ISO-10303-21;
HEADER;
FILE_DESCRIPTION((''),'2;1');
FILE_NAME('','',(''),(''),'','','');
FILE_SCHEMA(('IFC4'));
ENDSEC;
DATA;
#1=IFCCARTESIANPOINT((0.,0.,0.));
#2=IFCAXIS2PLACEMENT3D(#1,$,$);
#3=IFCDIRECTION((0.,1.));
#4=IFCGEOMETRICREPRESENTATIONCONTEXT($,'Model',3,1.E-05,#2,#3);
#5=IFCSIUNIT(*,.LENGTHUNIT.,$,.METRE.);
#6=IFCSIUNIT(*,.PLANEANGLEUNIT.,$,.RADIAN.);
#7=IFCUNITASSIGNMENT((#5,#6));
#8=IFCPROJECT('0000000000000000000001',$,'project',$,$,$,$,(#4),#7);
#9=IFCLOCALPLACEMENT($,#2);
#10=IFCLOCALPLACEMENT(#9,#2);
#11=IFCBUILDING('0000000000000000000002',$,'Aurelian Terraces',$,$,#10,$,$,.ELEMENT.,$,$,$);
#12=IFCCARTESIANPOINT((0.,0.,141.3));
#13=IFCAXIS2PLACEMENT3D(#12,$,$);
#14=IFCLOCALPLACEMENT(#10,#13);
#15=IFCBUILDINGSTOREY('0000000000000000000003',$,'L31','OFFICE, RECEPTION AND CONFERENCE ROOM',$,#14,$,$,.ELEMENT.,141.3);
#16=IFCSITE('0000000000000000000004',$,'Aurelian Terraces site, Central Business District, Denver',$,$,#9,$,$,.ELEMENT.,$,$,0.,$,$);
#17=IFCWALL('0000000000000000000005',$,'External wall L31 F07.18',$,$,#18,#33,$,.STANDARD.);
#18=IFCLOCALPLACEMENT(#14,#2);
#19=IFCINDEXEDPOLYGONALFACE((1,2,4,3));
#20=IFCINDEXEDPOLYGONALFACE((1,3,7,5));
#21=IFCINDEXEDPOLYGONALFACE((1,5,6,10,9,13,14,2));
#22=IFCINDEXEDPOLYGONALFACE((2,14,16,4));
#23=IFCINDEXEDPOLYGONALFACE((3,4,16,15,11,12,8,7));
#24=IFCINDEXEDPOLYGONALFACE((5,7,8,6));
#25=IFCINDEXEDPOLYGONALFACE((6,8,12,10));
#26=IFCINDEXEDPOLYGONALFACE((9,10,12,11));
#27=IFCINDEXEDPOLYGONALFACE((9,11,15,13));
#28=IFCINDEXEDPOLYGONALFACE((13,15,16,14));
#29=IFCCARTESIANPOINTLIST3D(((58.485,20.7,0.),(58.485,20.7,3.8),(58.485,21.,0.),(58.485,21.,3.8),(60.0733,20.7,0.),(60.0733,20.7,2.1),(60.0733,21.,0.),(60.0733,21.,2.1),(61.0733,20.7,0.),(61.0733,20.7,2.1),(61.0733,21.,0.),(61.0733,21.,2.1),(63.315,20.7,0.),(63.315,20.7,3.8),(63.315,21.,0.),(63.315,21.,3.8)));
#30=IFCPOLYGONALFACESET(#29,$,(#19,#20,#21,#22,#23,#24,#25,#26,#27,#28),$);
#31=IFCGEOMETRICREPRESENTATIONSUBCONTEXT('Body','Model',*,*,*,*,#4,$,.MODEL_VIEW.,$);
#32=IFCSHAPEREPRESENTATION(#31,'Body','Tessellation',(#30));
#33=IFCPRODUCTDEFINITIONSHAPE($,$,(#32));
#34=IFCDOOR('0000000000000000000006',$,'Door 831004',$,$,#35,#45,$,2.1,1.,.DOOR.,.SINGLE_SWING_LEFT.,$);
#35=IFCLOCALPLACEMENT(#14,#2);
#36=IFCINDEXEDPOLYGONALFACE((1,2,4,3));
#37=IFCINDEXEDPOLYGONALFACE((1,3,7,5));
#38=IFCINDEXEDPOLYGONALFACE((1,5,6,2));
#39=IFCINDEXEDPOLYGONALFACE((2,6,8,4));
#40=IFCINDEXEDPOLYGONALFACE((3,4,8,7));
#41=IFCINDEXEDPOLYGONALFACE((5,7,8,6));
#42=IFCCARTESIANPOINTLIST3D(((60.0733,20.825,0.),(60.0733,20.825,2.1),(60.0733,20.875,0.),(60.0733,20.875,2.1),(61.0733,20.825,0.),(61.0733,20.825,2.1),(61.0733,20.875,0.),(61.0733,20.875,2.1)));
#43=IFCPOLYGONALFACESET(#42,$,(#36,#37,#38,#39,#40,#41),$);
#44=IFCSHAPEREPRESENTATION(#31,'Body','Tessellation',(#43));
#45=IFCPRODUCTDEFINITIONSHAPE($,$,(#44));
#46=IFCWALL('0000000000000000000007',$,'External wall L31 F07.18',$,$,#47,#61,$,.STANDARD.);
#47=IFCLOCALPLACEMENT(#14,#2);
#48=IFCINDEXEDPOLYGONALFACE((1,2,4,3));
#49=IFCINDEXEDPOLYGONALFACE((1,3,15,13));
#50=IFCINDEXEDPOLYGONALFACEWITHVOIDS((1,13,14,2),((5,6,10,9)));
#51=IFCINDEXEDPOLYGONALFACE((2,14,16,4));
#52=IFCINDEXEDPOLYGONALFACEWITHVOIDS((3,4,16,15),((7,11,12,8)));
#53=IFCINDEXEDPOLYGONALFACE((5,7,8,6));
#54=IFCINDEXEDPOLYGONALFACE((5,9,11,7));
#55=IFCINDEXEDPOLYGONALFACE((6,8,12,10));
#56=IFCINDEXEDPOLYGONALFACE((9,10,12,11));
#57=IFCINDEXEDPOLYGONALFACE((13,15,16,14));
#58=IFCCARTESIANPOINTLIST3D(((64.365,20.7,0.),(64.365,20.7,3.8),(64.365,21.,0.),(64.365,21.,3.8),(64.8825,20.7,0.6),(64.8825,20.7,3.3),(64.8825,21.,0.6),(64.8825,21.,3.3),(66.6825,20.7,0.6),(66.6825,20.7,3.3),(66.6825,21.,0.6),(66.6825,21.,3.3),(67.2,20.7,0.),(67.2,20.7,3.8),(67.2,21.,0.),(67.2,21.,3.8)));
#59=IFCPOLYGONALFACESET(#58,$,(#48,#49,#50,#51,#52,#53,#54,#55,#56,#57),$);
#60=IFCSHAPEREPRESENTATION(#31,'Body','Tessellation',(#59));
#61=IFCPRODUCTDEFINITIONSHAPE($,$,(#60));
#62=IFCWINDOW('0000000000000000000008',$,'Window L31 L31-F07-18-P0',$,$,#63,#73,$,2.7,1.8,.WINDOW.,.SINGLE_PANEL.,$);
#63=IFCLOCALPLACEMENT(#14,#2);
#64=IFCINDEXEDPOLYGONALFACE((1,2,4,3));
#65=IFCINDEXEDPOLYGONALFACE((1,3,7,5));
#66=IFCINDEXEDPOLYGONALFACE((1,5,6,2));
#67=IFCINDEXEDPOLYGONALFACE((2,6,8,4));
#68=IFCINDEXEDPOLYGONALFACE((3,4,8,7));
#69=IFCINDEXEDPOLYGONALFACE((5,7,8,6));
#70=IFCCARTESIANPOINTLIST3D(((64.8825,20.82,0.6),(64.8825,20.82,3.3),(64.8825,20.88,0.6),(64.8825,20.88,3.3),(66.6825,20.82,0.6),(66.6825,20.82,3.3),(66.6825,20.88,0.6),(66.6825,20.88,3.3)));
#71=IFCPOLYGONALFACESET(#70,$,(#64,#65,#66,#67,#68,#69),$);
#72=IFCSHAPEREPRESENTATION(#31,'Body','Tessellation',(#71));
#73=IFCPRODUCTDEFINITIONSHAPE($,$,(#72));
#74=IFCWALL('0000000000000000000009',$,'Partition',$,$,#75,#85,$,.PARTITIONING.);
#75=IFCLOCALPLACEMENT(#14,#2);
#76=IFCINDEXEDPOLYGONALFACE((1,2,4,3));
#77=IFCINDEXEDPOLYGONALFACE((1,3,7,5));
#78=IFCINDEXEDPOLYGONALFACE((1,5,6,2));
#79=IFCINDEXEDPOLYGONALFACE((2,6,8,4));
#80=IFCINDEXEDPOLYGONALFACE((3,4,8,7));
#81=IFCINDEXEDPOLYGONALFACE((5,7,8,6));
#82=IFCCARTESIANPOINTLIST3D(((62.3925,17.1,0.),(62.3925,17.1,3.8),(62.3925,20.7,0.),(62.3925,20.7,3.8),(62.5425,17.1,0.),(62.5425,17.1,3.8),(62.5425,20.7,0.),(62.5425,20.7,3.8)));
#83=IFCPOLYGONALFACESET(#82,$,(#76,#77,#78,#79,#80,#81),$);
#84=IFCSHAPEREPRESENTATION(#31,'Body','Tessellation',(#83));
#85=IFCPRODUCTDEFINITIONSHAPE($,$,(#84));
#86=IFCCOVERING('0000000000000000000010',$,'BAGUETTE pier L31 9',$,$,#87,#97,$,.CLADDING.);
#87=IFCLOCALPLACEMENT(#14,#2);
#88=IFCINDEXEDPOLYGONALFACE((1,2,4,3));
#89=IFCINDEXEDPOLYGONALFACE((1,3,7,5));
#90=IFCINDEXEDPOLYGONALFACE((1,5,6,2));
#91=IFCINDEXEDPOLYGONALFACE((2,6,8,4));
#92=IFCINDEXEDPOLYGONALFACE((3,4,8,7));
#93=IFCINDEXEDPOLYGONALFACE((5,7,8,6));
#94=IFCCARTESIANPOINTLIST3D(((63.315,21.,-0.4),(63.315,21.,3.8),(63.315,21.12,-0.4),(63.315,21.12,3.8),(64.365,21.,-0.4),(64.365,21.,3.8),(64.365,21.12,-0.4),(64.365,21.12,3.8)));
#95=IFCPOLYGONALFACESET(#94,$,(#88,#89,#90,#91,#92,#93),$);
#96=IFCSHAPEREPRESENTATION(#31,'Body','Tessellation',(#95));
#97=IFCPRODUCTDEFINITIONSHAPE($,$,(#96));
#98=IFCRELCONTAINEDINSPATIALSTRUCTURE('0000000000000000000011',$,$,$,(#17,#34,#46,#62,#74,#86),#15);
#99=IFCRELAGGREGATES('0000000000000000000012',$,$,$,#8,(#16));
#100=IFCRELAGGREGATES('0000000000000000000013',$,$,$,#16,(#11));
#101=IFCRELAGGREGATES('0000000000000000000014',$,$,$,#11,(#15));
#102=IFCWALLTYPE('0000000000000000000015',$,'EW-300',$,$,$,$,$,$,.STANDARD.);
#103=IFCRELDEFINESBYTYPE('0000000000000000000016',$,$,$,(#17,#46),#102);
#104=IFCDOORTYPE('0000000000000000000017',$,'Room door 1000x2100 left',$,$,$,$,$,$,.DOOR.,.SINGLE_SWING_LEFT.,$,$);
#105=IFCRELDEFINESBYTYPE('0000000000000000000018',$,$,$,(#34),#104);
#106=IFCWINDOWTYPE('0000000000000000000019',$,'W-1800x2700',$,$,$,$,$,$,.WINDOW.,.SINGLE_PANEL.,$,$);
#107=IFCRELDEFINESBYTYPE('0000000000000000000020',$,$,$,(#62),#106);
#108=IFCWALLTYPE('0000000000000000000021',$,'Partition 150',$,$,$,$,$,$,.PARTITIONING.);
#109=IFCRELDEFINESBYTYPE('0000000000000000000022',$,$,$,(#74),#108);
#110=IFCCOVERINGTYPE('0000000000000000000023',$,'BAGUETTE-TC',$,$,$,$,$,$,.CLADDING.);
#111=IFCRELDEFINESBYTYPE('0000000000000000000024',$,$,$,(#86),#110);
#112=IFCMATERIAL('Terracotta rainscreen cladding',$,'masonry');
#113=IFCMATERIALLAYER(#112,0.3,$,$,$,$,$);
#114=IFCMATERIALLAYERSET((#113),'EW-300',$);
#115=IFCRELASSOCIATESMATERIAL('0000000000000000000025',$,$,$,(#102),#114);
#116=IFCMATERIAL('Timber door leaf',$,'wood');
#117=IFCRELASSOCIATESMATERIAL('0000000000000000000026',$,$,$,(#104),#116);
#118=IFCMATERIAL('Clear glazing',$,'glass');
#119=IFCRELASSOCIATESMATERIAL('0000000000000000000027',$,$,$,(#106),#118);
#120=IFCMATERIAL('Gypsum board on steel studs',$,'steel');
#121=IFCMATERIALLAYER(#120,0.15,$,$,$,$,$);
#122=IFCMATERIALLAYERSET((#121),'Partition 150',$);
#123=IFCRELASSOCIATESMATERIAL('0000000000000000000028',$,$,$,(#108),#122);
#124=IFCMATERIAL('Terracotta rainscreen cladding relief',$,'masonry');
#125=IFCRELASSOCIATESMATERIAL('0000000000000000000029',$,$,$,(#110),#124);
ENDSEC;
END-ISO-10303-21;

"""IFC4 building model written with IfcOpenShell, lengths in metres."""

from ifc_helpers import new_model, si_unit, direction, frame, frame_2d, origin, origin_2d, place, context, subcontext, project, spatial, rectangle, extrude, source, transform, mapped, material, layer, layer_set, type_object, element, fill, save


model = new_model("IFC4")

# Units and contexts
model_context = context("Model", 3, precision=1e-05, world=origin(), true_north=direction((0.0, 1.0)))
body_context = subcontext(model_context, "Body", "Model", "MODEL_VIEW")
ifc_project = project(units=[si_unit("LENGTHUNIT", "METRE"), si_unit("PLANEANGLEUNIT", "RADIAN")], contexts=[model_context])

# Site, building, storey
site_placement = place(None, origin())
site = spatial("IfcSite", under=ifc_project, at=site_placement, Name="Aurelian Terraces site, Central Business District, Denver", CompositionType="ELEMENT", RefElevation=0.0)
building_placement = place(site_placement, origin())
building = spatial("IfcBuilding", under=site, at=building_placement, Name="Aurelian Terraces", CompositionType="ELEMENT")
storey_placement = place(building_placement, frame((0.0, 0.0, 141.3)))
storey = spatial("IfcBuildingStorey", under=building, at=storey_placement, Name="L31", Description="OFFICE, RECEPTION AND CONFERENCE ROOM", CompositionType="ELEMENT", Elevation=141.3)

# Shared definitions
ifc_material_1 = material(Name="Clear glazing", Category="glass")

# Wall, opening, door
ifc_material_2 = material(Name="Terracotta rainscreen cladding", Category="masonry")
ifc_layer_1 = layer(ifc_material_2, 0.3)
ifc_layer_set_1 = layer_set([ifc_layer_1], Name="EW-300")
wall_type_1 = type_object("IfcWallType", Name="EW-300", PredefinedType="STANDARD", material=ifc_layer_set_1)
shared_shape_1 = source(origin(), body_context, "Body", "SweptSolid", [
    extrude(rectangle(XDim=4.83, YDim=0.3, at=frame_2d((2.415, 0.0))), origin(), (0.0, 0.0, 1.0), 3.8),
])
wall_1_placement = place(storey_placement, frame((63.315, 20.85, 0.0), z_axis=(0.0, 0.0, 1.0), x_axis=(-1.0, 0.0, 0.0)))
wall_1 = element("IfcWall", 1, at=wall_1_placement, inside=storey, type_object=wall_type_1, Name="External wall L31 F07.18", PredefinedType="STANDARD", context=body_context, shape_type="MappedRepresentation", body=[
    mapped(shared_shape_1, transform((0.0, 0.0, 0.0), scale=1.0)),
])
shared_shape_2 = source(origin(), body_context, "Body", "SweptSolid", [
    extrude(rectangle(XDim=1.0, YDim=2.1, at=frame_2d((0.5, 1.05))), frame((0.0, 0.16, 0.0), z_axis=(0.0, -1.0, 0.0), x_axis=(1.0, 0.0, 0.0)), (0.0, 0.0, 1.0), 0.32),
])
opening_1_placement = place(wall_1_placement, frame((2.2417, 0.0, 0.0)))
opening_1 = element("IfcOpeningElement", 2, at=opening_1_placement, cuts=wall_1, PredefinedType="OPENING", context=body_context, shape_type="MappedRepresentation", body=[
    mapped(shared_shape_2, transform((0.0, 0.0, 0.0), scale=1.0)),
])
ifc_material_3 = material(Name="Timber door leaf", Category="wood")
door_type = type_object("IfcDoorType", Name="Room door 1000x2100 left", OperationType="SINGLE_SWING_LEFT", PredefinedType="DOOR", material=ifc_material_3)
shared_shape_3 = source(origin(), body_context, "Body", "SweptSolid", [
    extrude(rectangle(XDim=1.0, YDim=2.1, at=frame_2d((0.5, 1.05))), frame((0.0, 0.025, 0.0), z_axis=(0.0, -1.0, 0.0), x_axis=(1.0, 0.0, 0.0)), (0.0, 0.0, 1.0), 0.05),
])
door_placement = place(opening_1_placement, origin())
door = element("IfcDoor", 3, at=door_placement, inside=storey, type_object=door_type, Name="Door 831004", OperationType="SINGLE_SWING_LEFT", OverallHeight=2.1, OverallWidth=1.0, PredefinedType="DOOR", context=body_context, shape_type="MappedRepresentation", body=[
    mapped(shared_shape_3, transform((0.0, 0.0, 0.0), scale=1.0)),
])
fill(opening_1, door)

# Wall, opening, window
shared_shape_4 = source(origin(), body_context, "Body", "SweptSolid", [
    extrude(rectangle(XDim=2.835, YDim=0.3, at=frame_2d((1.4175, 0.0))), origin(), (0.0, 0.0, 1.0), 3.8),
])
wall_2_placement = place(storey_placement, frame((67.2, 20.85, 0.0), z_axis=(0.0, 0.0, 1.0), x_axis=(-1.0, 0.0, 0.0)))
wall_2 = element("IfcWall", 4, at=wall_2_placement, inside=storey, type_object=wall_type_1, Name="External wall L31 F07.18", PredefinedType="STANDARD", context=body_context, shape_type="MappedRepresentation", body=[
    mapped(shared_shape_4, transform((0.0, 0.0, 0.0), scale=1.0)),
])
shared_shape_5 = source(origin(), body_context, "Body", "SweptSolid", [
    extrude(rectangle(XDim=1.8, YDim=2.7, at=frame_2d((0.9, 1.35))), frame((0.0, 0.16, 0.0), z_axis=(0.0, -1.0, 0.0), x_axis=(1.0, 0.0, 0.0)), (0.0, 0.0, 1.0), 0.32),
])
opening_2_placement = place(wall_2_placement, frame((0.5175, 0.0, 0.6)))
opening_2 = element("IfcOpeningElement", 5, at=opening_2_placement, cuts=wall_2, PredefinedType="OPENING", context=body_context, shape_type="MappedRepresentation", body=[
    mapped(shared_shape_5, transform((0.0, 0.0, 0.0), scale=1.0)),
])
window_type_1 = type_object("IfcWindowType", Name="W-1800x2700", PartitioningType="SINGLE_PANEL", PredefinedType="WINDOW", material=ifc_material_1)
shared_shape_6 = source(origin(), body_context, "Body", "SweptSolid", [
    extrude(rectangle(XDim=1.8, YDim=2.7, at=frame_2d((0.9, 1.35))), frame((0.0, 0.03, 0.0), z_axis=(0.0, -1.0, 0.0), x_axis=(1.0, 0.0, 0.0)), (0.0, 0.0, 1.0), 0.06),
])
window_1_placement = place(opening_2_placement, origin())
window_1 = element("IfcWindow", 6, at=window_1_placement, inside=storey, type_object=window_type_1, Name="Window L31 L31-F07-18-P0", OverallHeight=2.7, OverallWidth=1.8, PartitioningType="SINGLE_PANEL", PredefinedType="WINDOW", context=body_context, shape_type="MappedRepresentation", body=[
    mapped(shared_shape_6, transform((0.0, 0.0, 0.0), scale=1.0)),
])
fill(opening_2, window_1)

# Wall
ifc_material_4 = material(Name="Gypsum board on steel studs", Category="steel")
ifc_layer_2 = layer(ifc_material_4, 0.15)
ifc_layer_set_2 = layer_set([ifc_layer_2], Name="Partition 150")
wall_type_2 = type_object("IfcWallType", Name="Partition 150", PredefinedType="PARTITIONING", material=ifc_layer_set_2)
shared_shape_7 = source(origin(), body_context, "Body", "SweptSolid", [
    extrude(rectangle(XDim=3.6, YDim=0.15, at=frame_2d((1.8, 0.0))), origin(), (0.0, 0.0, 1.0), 3.8),
])
wall_3_placement = place(storey_placement, frame((62.4675, 20.7, 0.0), z_axis=(0.0, 0.0, 1.0), x_axis=(0.0, -1.0, 0.0)))
element("IfcWall", 7, at=wall_3_placement, inside=storey, type_object=wall_type_2, Name="Partition", PredefinedType="PARTITIONING", context=body_context, shape_type="MappedRepresentation", body=[
    mapped(shared_shape_7, transform((0.0, 0.0, 0.0), scale=1.0)),
])

# Covering
ifc_material_5 = material(Name="Terracotta rainscreen cladding relief", Category="masonry")
covering_type = type_object("IfcCoveringType", Name="BAGUETTE-TC", PredefinedType="CLADDING", material=ifc_material_5)
shared_shape_8 = source(origin(), body_context, "Body", "SweptSolid", [
    extrude(rectangle(XDim=1.05, YDim=0.12, at=origin_2d()), origin(), (0.0, 0.0, 1.0), 4.2),
])
covering_placement = place(storey_placement, frame((63.84, 21.06, -0.4), z_axis=(0.0, 0.0, 1.0), x_axis=(1.0, 0.0, 0.0)))
element("IfcCovering", 8, at=covering_placement, inside=storey, type_object=covering_type, Name="BAGUETTE pier L31 9", PredefinedType="CLADDING", context=body_context, shape_type="MappedRepresentation", body=[
    mapped(shared_shape_8, transform((0.0, 0.0, 0.0), scale=1.0)),
])

save(model, "model.ifc")
